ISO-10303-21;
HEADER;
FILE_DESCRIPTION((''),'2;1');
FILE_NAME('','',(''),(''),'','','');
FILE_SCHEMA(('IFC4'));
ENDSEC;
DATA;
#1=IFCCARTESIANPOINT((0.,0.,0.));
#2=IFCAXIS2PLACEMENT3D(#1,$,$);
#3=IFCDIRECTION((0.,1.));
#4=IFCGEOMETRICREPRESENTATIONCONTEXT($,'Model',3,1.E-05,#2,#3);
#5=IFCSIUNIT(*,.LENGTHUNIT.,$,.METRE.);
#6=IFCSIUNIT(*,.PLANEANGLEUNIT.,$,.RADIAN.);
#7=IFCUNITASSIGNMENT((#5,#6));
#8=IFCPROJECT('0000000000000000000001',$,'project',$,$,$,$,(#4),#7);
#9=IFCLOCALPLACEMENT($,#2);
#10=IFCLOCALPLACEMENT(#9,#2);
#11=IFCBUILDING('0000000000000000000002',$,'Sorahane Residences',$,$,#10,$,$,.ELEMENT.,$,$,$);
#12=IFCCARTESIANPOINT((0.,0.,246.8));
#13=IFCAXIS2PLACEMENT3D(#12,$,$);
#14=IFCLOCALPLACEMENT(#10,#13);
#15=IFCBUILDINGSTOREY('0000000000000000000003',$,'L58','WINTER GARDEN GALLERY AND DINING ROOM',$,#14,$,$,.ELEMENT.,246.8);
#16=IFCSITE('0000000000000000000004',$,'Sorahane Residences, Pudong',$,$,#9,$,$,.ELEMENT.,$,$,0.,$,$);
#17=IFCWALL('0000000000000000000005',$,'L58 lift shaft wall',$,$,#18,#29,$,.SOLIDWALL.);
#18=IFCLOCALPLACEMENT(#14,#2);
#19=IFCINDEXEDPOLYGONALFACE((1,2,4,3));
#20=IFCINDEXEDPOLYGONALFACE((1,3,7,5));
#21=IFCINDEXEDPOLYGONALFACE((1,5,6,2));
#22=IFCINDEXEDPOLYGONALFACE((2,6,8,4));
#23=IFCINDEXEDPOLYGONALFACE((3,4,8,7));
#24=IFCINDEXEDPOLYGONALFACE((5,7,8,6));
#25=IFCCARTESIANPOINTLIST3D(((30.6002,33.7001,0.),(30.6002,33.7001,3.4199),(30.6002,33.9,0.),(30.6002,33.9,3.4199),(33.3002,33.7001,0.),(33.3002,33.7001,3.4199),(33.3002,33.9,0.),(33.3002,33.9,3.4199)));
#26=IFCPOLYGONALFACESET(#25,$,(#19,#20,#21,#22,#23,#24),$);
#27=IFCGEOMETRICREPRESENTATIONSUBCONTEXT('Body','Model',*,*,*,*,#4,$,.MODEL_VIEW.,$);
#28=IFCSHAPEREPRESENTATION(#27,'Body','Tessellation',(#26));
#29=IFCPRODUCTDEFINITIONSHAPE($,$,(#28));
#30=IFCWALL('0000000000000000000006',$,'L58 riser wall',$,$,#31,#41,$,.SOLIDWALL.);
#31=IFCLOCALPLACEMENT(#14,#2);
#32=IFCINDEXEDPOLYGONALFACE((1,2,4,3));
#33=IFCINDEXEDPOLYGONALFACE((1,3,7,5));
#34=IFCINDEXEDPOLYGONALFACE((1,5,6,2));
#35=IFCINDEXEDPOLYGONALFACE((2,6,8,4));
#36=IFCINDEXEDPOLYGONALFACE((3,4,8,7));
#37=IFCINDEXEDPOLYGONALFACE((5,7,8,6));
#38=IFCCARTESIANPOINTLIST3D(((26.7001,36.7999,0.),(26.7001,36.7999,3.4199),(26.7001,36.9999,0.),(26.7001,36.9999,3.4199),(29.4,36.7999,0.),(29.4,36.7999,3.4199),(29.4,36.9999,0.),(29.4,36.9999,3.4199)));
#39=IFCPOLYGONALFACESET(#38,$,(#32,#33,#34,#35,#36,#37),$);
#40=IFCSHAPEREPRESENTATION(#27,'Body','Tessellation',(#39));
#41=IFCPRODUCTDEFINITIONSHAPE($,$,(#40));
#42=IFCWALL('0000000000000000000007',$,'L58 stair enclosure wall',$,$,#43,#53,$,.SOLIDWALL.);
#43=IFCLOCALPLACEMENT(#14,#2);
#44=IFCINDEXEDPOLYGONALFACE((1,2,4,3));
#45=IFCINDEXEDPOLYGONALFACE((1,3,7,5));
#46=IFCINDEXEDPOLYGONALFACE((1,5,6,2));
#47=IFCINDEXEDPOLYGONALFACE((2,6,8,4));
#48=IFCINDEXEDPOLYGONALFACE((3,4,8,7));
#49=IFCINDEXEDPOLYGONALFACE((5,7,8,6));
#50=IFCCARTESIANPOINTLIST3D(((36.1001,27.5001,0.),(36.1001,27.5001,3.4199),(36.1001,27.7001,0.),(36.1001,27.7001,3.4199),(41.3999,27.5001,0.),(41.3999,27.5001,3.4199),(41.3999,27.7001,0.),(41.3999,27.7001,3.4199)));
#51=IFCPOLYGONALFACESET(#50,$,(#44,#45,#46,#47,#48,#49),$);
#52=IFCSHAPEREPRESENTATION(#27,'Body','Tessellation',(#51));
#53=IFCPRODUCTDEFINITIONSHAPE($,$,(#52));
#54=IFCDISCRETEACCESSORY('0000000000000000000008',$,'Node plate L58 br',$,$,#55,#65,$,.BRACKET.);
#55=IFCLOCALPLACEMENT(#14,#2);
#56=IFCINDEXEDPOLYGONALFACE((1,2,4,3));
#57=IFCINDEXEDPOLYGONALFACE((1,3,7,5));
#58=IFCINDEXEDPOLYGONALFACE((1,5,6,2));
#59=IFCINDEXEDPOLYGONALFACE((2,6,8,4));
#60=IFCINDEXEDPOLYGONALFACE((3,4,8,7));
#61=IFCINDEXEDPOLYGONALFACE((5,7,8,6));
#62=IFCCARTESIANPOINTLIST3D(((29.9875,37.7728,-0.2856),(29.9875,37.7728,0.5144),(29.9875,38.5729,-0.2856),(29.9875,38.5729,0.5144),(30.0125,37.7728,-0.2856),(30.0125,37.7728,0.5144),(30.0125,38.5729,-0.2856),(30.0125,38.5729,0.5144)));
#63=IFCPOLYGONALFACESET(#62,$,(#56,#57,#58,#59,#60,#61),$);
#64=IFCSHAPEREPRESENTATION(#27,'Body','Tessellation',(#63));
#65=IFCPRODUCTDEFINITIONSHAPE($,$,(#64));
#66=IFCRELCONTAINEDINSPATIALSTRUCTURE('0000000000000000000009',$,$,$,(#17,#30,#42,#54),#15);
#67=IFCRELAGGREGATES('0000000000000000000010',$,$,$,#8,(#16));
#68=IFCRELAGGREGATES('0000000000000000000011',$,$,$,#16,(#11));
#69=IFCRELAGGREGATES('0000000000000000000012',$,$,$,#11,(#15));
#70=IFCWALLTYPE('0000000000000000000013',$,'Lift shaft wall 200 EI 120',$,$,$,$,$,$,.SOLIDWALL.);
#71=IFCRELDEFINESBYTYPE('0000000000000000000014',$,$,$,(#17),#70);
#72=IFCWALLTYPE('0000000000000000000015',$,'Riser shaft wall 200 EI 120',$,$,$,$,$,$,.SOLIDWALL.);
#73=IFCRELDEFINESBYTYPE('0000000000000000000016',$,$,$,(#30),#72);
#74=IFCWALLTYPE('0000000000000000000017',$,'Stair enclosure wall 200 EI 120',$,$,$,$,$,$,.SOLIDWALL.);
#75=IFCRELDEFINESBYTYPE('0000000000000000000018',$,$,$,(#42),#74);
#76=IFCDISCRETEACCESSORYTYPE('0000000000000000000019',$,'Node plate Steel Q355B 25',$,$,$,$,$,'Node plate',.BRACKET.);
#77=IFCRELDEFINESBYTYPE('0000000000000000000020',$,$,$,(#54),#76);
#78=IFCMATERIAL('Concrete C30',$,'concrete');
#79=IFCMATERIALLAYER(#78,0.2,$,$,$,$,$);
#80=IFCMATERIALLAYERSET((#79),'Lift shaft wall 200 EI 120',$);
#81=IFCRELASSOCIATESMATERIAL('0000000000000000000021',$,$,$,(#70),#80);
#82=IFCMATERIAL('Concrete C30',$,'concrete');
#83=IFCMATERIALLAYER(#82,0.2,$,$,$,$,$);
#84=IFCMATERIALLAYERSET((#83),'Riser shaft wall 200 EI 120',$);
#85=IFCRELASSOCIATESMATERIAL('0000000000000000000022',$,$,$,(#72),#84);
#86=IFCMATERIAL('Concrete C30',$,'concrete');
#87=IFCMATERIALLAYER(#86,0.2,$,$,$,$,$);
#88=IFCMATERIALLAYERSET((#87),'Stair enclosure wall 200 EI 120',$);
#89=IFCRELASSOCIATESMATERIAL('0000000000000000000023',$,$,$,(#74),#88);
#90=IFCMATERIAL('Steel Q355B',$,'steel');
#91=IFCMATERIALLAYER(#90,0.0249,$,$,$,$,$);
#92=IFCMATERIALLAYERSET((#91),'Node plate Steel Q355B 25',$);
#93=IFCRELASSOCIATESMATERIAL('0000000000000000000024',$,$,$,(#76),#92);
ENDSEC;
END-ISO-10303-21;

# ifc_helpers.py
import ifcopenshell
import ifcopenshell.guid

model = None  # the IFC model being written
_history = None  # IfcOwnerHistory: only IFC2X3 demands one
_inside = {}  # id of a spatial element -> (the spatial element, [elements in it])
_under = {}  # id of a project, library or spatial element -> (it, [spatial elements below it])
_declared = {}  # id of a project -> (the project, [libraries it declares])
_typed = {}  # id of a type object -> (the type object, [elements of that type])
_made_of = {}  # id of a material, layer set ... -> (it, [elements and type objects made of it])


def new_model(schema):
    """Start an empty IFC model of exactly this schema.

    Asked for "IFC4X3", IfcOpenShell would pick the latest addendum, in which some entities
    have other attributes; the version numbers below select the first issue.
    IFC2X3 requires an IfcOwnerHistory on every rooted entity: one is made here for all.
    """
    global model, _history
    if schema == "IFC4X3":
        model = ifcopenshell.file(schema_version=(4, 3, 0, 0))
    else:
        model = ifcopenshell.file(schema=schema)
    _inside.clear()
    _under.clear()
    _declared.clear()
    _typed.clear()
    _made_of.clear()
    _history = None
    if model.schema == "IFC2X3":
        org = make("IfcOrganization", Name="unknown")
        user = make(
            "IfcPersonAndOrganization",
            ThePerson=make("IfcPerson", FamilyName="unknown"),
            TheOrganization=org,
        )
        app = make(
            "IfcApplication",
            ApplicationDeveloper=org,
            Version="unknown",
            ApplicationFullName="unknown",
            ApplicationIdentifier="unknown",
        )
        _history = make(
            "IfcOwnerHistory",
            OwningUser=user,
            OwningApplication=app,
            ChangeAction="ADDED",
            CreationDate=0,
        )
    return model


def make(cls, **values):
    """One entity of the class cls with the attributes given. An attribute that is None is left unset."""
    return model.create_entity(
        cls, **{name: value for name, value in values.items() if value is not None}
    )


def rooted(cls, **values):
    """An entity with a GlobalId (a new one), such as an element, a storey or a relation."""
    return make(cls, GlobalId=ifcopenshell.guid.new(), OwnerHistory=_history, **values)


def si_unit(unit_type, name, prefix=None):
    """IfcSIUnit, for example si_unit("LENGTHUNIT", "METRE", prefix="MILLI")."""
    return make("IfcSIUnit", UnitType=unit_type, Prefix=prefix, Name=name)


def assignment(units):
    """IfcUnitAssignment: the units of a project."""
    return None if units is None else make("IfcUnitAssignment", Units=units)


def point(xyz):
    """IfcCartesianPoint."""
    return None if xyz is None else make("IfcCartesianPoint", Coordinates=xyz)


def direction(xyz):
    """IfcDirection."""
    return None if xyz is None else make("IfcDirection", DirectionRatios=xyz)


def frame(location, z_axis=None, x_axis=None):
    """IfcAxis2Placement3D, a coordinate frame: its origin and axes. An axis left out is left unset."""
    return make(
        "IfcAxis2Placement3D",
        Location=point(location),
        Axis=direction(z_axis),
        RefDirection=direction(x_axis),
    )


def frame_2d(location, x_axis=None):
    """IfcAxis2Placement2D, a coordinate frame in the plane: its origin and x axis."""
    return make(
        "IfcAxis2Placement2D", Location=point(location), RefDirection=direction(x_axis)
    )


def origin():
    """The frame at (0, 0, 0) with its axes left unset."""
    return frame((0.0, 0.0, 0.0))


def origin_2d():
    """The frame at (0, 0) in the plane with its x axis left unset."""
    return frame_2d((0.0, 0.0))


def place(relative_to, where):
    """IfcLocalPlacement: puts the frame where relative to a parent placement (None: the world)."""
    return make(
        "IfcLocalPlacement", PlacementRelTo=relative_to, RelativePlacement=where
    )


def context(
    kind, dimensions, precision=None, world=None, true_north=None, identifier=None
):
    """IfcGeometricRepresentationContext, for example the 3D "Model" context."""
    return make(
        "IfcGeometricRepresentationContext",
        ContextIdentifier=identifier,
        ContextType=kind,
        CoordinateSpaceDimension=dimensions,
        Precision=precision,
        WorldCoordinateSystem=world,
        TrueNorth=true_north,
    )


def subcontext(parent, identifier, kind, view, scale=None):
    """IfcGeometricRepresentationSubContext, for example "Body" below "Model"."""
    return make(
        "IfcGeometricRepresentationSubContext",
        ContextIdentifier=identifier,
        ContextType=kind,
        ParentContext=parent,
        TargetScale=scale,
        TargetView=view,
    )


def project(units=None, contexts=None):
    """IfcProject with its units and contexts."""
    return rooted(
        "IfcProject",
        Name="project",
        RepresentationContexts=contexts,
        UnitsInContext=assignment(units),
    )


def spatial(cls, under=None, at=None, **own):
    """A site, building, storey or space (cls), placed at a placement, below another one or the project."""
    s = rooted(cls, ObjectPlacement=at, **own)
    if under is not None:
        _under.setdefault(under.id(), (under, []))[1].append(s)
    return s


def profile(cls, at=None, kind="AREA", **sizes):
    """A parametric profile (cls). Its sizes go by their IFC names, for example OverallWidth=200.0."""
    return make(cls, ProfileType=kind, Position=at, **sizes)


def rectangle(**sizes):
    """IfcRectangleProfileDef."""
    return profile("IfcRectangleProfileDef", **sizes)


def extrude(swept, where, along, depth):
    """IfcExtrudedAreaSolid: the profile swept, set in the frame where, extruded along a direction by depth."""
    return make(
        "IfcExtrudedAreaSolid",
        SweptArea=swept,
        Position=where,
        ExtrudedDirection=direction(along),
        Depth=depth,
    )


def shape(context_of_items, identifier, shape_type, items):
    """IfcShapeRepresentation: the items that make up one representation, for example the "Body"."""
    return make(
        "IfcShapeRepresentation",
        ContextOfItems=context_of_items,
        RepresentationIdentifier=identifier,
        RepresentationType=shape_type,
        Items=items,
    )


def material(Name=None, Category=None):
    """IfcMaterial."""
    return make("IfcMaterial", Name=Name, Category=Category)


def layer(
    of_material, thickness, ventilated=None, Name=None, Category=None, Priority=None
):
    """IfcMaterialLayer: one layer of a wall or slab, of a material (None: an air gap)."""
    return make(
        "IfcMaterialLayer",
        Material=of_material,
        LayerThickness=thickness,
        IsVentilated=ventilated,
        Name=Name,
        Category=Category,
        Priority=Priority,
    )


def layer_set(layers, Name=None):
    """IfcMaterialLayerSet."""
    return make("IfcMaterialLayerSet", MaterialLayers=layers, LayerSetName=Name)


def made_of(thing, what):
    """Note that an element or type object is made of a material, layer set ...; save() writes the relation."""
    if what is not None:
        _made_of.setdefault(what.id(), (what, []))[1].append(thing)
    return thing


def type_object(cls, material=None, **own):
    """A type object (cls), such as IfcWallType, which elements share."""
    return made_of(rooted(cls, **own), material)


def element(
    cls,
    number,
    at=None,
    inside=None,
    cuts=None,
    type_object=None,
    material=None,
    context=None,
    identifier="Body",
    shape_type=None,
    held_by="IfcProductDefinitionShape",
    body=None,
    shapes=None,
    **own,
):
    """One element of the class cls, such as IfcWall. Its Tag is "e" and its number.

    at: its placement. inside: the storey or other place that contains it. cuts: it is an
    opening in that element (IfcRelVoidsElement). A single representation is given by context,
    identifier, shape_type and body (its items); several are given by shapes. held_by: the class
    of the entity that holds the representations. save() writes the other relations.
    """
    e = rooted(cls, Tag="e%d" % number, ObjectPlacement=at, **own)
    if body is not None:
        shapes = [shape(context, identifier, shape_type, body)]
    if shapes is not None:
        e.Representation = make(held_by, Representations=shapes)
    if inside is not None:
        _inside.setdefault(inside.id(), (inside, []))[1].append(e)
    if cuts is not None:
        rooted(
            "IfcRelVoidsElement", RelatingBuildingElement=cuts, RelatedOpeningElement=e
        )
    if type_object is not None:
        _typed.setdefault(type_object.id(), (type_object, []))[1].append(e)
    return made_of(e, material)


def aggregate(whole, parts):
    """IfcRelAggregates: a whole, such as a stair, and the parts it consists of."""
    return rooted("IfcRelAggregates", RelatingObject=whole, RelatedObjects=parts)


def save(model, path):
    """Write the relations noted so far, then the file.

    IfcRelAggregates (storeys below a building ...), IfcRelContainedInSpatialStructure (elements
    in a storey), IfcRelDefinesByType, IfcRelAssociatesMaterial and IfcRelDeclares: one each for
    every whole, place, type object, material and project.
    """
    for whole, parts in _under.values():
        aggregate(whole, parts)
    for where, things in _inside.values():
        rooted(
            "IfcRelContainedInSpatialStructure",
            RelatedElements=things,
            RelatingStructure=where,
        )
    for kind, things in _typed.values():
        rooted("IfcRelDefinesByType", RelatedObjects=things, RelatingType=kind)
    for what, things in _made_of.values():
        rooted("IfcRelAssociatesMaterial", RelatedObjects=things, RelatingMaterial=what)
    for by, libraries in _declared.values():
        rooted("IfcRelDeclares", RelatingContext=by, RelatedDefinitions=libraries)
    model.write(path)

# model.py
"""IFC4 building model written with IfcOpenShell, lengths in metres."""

from ifc_helpers import new_model, si_unit, direction, frame, frame_2d, origin, origin_2d, place, context, subcontext, project, spatial, rectangle, extrude, material, layer, layer_set, type_object, element, save


model = new_model("IFC4")

# Units and contexts
model_context = context("Model", 3, precision=1e-05, world=origin(), true_north=direction((0.0, 1.0)))
body_context = subcontext(model_context, "Body", "Model", "MODEL_VIEW")
ifc_project = project(units=[si_unit("LENGTHUNIT", "METRE"), si_unit("PLANEANGLEUNIT", "RADIAN")], contexts=[model_context])

# Site, building, storey
site_placement = place(None, origin())
site = spatial("IfcSite", under=ifc_project, at=site_placement, Name="Sorahane Residences, Pudong", CompositionType="ELEMENT", RefElevation=0.0)
building_placement = place(site_placement, origin())
building = spatial("IfcBuilding", under=site, at=building_placement, Name="Sorahane Residences", CompositionType="ELEMENT")
storey_placement = place(building_placement, frame((0.0, 0.0, 246.8)))
storey = spatial("IfcBuildingStorey", under=building, at=storey_placement, Name="L58", Description="WINTER GARDEN GALLERY AND DINING ROOM", CompositionType="ELEMENT", Elevation=246.8)

# Shared definitions
ifc_material_1 = material(Name="Concrete C30", Category="concrete")
ifc_layer_1 = layer(ifc_material_1, 0.2)
ifc_layer_set_1 = layer_set([ifc_layer_1], Name="Lift shaft wall 200 EI 120")
wall_type_1 = type_object("IfcWallType", Name="Lift shaft wall 200 EI 120", PredefinedType="SOLIDWALL", material=ifc_layer_set_1)

# Walls
for number, where, z_axis, x_axis, name in (
    (1, (30.6001, 33.8, 0.0), (0.0, 0.0, 1.0), (1.0, 0.0, 0.0), "L58 lift shaft wall"),
):
    element("IfcWall", number, at=place(storey_placement, frame(where, z_axis=z_axis, x_axis=x_axis)), inside=storey, type_object=wall_type_1, Name=name, PredefinedType="SOLIDWALL", context=body_context, shape_type="SweptSolid", body=[
        extrude(rectangle(XDim=2.7, YDim=0.2, at=frame_2d((1.3501, 0.0))), origin(), (0.0, 0.0, 1.0), 3.4199),
    ])
ifc_material_2 = material(Name="Concrete C30", Category="concrete")
ifc_layer_2 = layer(ifc_material_2, 0.2)
ifc_layer_set_2 = layer_set([ifc_layer_2], Name="Riser shaft wall 200 EI 120")
wall_type_2 = type_object("IfcWallType", Name="Riser shaft wall 200 EI 120", PredefinedType="SOLIDWALL", material=ifc_layer_set_2)
wall_1_placement = place(storey_placement, frame((26.7, 36.8999, 0.0), z_axis=(0.0, 0.0, 1.0), x_axis=(1.0, 0.0, 0.0)))
element("IfcWall", 2, at=wall_1_placement, inside=storey, type_object=wall_type_2, Name="L58 riser wall", PredefinedType="SOLIDWALL", context=body_context, shape_type="SweptSolid", body=[
    extrude(rectangle(XDim=2.7, YDim=0.2, at=frame_2d((1.3501, 0.0))), origin(), (0.0, 0.0, 1.0), 3.4199),
])
ifc_material_3 = material(Name="Concrete C30", Category="concrete")
ifc_layer_3 = layer(ifc_material_3, 0.2)
ifc_layer_set_3 = layer_set([ifc_layer_3], Name="Stair enclosure wall 200 EI 120")
wall_type_3 = type_object("IfcWallType", Name="Stair enclosure wall 200 EI 120", PredefinedType="SOLIDWALL", material=ifc_layer_set_3)
wall_2_placement = place(storey_placement, frame((36.1001, 27.6001, 0.0), z_axis=(0.0, 0.0, 1.0), x_axis=(1.0, 0.0, 0.0)))
element("IfcWall", 3, at=wall_2_placement, inside=storey, type_object=wall_type_3, Name="L58 stair enclosure wall", PredefinedType="SOLIDWALL", context=body_context, shape_type="SweptSolid", body=[
    extrude(rectangle(XDim=5.2998, YDim=0.2, at=frame_2d((2.6499, 0.0))), origin(), (0.0, 0.0, 1.0), 3.4199),
])

# Discrete accessory
ifc_material_4 = material(Name="Steel Q355B", Category="steel")
ifc_layer_4 = layer(ifc_material_4, 0.0249)
ifc_layer_set_4 = layer_set([ifc_layer_4], Name="Node plate Steel Q355B 25")
discrete_accessory_type = type_object("IfcDiscreteAccessoryType", Name="Node plate Steel Q355B 25", ElementType="Node plate", PredefinedType="BRACKET", material=ifc_layer_set_4)
discrete_accessory_placement = place(storey_placement, frame((30.0, 38.1729, -0.2856), z_axis=(0.0, 0.0, 1.0), x_axis=(0.0, 1.0, 0.0)))
element("IfcDiscreteAccessory", 4, at=discrete_accessory_placement, inside=storey, type_object=discrete_accessory_type, Name="Node plate L58 br", PredefinedType="BRACKET", context=body_context, shape_type="SweptSolid", body=[
    extrude(rectangle(XDim=0.8, YDim=0.0249, at=origin_2d()), origin(), (0.0, 0.0, 1.0), 0.8),
])

save(model, "model.ifc")
